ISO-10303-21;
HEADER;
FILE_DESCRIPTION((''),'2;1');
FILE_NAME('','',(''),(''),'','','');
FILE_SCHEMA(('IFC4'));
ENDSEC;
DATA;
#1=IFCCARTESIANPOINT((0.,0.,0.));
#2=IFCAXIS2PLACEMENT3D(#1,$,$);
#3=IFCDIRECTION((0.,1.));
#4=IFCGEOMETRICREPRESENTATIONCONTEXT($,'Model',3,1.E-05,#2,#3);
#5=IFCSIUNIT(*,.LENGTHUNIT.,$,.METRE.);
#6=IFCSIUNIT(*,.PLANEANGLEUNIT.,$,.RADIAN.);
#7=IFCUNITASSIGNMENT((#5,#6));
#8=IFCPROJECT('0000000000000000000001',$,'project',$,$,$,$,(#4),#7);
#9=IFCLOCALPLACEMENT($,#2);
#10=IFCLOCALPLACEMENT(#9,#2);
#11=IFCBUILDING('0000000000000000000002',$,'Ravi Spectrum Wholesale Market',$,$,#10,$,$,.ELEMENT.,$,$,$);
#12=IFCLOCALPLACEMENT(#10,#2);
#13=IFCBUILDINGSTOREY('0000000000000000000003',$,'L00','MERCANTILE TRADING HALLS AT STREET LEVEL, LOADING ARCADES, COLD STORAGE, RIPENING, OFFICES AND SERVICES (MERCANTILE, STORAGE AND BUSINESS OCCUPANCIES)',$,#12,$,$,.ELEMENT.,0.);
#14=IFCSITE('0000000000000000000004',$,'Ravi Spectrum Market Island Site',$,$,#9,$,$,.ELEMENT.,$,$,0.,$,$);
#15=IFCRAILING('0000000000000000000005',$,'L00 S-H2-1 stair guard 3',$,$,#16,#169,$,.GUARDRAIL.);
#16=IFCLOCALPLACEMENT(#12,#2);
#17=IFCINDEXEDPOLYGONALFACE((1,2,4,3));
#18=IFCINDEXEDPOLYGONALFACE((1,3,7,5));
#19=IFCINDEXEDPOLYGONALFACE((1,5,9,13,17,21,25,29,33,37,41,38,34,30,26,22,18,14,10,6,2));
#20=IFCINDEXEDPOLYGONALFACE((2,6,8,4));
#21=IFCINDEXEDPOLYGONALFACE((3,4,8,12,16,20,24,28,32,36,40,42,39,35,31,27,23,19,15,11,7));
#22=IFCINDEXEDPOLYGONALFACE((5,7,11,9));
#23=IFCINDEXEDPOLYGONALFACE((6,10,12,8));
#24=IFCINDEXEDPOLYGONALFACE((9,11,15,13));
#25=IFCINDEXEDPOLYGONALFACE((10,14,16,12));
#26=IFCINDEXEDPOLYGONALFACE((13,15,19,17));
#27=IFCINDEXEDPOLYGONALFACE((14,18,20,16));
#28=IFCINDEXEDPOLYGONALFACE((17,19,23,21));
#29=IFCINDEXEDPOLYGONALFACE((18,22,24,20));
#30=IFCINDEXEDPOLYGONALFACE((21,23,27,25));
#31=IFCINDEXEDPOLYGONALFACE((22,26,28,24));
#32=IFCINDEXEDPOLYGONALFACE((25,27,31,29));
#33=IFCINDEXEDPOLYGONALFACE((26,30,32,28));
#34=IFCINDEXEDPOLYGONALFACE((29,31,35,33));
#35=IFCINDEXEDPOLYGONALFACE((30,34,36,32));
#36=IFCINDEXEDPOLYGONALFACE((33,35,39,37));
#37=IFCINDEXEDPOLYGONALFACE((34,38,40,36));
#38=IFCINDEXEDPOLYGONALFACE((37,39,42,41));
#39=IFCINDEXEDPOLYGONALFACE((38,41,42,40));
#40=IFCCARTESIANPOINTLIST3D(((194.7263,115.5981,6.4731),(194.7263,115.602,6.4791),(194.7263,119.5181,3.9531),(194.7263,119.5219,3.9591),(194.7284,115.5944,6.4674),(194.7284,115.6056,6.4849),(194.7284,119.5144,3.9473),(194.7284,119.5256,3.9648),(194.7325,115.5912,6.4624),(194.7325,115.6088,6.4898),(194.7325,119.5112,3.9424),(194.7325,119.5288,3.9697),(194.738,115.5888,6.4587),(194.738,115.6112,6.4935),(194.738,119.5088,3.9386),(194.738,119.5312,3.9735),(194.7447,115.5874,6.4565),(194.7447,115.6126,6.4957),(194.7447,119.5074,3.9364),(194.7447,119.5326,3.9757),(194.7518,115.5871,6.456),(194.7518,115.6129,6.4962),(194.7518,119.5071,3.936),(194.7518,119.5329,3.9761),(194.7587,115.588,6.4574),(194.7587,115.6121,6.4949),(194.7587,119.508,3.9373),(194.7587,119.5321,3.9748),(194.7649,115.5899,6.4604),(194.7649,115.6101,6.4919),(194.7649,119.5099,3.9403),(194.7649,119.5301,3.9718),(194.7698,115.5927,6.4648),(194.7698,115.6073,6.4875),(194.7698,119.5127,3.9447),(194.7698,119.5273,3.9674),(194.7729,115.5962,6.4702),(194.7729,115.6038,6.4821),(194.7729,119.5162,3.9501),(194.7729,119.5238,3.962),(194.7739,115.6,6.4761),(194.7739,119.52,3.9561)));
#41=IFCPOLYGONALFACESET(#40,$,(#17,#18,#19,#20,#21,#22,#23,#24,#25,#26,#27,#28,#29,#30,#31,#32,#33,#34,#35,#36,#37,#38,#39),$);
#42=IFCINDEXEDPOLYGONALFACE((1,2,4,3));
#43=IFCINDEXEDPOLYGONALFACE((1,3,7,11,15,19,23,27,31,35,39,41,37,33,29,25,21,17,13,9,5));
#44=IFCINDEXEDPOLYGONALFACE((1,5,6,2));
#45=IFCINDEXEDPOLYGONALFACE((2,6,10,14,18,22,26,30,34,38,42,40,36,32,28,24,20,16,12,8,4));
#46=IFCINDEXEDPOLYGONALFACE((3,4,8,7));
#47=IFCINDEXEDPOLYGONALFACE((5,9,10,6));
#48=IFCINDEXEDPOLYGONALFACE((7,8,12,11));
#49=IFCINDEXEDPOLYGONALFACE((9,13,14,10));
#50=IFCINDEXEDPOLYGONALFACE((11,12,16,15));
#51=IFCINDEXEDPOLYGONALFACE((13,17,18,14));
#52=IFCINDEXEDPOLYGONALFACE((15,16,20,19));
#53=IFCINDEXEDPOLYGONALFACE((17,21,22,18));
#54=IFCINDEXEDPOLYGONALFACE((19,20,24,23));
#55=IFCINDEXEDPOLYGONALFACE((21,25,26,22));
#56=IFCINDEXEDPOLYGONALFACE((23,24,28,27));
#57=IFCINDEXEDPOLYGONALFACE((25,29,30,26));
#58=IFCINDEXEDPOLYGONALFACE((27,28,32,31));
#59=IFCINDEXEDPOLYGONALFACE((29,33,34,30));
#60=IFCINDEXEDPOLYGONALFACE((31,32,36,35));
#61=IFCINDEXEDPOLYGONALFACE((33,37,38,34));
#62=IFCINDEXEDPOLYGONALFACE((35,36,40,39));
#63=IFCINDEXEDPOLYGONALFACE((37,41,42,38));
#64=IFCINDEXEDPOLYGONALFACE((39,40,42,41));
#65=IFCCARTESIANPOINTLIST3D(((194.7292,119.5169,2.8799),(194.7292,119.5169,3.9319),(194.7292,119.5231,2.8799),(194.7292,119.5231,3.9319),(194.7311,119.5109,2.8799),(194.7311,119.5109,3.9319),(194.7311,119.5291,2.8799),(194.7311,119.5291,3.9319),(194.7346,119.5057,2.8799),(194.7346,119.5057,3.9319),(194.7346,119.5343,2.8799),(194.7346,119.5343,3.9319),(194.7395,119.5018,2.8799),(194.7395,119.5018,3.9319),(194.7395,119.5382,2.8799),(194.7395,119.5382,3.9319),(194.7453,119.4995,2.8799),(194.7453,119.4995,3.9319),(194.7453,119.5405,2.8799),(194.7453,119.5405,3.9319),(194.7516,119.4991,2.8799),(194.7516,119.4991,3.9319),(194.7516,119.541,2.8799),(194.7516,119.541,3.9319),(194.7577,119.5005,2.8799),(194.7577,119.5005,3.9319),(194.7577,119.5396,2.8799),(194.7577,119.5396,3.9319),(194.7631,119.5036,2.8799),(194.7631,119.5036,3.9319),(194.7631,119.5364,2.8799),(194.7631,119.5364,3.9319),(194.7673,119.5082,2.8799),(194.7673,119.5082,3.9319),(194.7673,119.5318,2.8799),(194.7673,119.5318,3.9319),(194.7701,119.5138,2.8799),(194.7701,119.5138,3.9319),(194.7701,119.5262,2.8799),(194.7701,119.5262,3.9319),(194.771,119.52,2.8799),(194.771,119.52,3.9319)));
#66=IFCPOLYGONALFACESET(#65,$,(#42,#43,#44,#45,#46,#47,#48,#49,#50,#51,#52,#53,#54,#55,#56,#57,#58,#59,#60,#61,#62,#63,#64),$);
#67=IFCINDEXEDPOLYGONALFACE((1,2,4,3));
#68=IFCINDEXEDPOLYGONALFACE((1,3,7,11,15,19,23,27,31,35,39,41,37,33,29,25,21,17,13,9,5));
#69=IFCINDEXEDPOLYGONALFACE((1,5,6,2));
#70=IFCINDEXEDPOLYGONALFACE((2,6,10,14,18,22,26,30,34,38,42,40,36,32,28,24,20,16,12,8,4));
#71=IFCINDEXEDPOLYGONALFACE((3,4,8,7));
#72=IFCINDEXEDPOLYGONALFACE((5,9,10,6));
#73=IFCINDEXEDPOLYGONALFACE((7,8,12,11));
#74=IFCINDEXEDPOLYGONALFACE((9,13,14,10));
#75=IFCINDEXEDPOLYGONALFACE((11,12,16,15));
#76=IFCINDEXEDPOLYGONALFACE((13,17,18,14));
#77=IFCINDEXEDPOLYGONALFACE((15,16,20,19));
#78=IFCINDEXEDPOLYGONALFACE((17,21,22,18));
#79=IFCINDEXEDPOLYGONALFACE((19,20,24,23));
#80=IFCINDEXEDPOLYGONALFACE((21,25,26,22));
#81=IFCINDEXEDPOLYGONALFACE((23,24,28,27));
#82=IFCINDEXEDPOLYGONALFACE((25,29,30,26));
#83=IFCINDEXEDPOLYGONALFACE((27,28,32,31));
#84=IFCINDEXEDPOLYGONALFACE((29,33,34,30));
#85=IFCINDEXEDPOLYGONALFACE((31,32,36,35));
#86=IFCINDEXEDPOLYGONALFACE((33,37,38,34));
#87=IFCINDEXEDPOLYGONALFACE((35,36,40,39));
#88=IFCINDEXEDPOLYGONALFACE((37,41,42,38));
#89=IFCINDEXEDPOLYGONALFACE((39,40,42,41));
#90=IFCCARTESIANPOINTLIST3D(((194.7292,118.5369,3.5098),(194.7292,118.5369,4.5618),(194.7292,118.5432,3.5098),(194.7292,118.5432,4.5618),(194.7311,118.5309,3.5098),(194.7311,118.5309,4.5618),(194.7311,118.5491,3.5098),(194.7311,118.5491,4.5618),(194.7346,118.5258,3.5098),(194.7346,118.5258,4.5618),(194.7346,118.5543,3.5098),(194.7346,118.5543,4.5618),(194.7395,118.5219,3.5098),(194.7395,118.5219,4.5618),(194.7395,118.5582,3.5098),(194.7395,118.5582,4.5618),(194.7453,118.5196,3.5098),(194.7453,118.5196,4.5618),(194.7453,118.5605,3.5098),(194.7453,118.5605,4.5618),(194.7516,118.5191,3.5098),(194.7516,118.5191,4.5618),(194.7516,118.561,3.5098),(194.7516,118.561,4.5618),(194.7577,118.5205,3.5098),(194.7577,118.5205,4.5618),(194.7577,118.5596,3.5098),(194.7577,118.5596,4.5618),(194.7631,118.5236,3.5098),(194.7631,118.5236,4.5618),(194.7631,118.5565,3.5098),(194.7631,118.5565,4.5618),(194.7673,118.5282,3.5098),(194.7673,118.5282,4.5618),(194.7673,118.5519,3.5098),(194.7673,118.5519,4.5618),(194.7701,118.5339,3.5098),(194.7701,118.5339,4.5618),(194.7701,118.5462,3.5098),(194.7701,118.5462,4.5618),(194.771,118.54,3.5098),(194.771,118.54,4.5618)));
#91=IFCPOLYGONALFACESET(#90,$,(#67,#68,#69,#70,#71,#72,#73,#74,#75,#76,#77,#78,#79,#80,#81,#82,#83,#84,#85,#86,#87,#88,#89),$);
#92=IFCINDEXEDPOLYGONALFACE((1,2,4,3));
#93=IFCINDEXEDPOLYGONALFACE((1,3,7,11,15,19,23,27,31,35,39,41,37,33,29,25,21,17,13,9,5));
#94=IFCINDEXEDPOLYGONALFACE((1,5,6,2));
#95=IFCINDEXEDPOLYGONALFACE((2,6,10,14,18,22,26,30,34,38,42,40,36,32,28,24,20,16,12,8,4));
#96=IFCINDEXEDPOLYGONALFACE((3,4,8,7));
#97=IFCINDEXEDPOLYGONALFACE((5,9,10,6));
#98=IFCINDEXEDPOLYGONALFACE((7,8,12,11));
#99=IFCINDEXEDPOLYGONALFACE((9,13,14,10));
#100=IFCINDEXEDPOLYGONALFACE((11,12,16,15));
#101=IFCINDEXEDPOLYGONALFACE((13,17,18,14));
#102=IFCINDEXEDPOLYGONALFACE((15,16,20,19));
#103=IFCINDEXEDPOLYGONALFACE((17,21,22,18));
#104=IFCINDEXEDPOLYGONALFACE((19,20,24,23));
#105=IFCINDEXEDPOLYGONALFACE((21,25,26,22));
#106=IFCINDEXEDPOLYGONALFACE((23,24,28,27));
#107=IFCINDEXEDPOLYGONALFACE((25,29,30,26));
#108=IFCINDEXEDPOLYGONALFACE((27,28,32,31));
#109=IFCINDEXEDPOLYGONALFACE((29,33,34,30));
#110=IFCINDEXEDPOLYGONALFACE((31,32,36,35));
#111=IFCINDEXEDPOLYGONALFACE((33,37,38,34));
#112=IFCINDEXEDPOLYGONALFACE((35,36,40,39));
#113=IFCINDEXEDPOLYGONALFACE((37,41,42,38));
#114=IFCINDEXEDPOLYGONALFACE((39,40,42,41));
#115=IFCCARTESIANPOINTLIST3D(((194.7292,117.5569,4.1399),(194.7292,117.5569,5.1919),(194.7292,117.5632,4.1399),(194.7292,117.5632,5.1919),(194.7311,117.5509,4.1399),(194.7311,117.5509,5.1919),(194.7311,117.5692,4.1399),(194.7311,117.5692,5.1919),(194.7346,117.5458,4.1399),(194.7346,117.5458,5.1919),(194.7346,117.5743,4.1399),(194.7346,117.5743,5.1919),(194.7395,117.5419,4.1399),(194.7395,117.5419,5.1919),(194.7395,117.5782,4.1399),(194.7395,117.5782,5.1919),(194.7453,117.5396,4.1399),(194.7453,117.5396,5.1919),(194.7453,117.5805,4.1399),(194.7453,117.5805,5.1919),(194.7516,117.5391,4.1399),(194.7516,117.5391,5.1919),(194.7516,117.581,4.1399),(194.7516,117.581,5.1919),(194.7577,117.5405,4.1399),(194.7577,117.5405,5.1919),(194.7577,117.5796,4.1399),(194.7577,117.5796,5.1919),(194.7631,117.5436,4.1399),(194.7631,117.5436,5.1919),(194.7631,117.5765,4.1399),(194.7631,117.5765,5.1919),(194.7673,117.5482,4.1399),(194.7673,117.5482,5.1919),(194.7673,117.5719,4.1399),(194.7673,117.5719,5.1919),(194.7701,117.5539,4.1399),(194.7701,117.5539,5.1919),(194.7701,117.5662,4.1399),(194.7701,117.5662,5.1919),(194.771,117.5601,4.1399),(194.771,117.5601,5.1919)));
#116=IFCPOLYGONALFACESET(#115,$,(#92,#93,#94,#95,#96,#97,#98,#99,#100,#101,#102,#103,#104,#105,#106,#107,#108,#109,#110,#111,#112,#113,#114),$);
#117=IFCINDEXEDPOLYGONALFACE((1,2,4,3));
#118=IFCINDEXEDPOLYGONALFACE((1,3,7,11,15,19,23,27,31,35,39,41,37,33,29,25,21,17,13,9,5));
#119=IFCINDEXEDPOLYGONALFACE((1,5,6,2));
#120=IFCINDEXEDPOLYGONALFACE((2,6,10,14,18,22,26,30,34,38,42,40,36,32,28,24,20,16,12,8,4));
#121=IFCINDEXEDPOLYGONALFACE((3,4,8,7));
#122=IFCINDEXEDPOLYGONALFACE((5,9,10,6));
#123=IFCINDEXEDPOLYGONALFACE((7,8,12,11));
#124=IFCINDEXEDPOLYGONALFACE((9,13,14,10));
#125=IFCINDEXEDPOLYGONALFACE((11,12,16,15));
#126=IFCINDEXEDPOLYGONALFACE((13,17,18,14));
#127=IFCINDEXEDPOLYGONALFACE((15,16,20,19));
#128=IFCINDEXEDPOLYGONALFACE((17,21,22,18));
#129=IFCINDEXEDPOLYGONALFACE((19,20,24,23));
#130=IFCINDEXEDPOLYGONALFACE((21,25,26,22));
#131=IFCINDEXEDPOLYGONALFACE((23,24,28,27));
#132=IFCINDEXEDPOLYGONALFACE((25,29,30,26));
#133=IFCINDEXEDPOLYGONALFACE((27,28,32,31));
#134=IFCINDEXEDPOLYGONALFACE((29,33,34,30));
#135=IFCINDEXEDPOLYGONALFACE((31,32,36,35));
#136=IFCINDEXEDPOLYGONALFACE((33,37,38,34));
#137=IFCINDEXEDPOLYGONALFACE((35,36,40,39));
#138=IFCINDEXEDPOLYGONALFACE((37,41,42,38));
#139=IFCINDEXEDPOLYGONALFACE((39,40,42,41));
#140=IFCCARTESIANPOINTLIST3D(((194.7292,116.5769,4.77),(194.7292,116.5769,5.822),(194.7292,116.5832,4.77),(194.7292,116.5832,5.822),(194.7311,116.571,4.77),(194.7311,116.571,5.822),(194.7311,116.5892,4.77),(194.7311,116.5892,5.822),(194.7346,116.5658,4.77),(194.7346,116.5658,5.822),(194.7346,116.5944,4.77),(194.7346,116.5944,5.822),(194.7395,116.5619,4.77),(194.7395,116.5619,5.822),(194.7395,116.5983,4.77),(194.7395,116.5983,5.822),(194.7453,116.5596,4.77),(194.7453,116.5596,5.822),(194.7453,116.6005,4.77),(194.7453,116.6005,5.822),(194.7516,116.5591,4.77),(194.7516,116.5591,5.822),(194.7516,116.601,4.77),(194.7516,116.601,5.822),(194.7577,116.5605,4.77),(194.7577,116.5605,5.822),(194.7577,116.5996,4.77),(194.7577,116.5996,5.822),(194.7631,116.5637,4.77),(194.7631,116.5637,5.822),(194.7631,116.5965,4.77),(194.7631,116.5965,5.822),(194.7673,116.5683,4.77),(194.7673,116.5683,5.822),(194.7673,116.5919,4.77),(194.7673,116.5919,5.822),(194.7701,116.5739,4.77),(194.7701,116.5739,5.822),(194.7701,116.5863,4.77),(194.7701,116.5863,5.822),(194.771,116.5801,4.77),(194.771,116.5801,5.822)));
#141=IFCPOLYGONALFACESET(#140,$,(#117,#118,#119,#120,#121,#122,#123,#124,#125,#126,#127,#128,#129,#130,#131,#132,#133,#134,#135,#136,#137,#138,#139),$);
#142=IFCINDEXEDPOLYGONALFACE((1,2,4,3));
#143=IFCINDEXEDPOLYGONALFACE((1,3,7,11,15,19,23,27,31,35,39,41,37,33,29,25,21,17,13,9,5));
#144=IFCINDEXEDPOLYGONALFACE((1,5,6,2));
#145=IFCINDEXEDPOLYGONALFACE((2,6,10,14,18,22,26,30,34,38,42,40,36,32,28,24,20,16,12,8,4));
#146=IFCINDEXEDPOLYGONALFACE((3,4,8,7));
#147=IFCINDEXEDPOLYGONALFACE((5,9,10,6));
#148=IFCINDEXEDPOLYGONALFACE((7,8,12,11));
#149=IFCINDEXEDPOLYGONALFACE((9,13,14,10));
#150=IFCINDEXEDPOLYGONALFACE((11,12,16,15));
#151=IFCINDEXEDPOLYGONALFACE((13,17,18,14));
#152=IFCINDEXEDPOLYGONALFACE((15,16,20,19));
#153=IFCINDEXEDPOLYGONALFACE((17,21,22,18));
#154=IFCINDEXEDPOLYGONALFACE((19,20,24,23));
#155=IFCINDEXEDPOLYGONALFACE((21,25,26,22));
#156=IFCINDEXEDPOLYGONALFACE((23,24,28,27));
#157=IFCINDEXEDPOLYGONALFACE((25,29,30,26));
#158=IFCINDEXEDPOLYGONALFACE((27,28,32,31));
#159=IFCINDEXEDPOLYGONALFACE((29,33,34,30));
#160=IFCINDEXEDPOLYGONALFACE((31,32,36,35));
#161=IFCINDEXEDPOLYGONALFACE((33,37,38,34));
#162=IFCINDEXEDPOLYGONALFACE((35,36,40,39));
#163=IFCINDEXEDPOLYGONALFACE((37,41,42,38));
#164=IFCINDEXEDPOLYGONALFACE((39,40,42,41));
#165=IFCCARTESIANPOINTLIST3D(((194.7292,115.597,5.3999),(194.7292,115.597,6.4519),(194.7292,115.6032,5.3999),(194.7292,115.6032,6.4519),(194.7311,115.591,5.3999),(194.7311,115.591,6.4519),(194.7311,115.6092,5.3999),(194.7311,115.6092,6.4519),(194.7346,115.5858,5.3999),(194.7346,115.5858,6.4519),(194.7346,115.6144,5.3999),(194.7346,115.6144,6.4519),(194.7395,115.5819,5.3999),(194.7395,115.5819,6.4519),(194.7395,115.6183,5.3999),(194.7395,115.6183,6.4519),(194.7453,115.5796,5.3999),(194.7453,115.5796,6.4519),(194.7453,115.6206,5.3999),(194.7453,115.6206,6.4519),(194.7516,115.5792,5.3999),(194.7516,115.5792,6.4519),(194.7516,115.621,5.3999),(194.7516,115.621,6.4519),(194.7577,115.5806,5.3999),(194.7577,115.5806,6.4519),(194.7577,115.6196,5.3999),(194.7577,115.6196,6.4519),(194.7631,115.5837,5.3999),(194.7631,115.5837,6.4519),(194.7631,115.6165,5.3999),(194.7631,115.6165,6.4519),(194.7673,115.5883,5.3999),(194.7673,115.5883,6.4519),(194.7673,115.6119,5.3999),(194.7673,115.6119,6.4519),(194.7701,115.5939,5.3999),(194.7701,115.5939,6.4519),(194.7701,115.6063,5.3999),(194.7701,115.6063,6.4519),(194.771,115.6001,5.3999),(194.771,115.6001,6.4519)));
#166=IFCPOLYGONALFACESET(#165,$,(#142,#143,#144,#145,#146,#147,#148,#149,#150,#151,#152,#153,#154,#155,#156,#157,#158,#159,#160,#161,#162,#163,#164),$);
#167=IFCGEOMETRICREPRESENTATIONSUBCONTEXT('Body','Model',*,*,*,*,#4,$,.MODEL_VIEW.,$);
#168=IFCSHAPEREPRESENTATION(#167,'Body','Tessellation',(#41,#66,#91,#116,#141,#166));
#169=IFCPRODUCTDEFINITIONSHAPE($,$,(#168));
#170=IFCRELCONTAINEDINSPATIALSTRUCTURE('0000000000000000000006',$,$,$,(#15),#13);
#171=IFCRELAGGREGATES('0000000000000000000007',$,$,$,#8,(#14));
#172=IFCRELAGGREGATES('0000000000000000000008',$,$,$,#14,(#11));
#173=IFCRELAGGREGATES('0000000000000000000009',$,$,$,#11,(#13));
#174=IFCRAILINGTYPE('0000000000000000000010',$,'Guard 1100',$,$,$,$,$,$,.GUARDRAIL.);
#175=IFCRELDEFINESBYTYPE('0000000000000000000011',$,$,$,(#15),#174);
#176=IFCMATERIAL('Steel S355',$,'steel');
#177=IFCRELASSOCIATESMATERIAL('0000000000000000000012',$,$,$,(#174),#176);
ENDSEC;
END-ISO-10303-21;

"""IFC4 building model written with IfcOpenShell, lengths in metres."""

from ifc_helpers import new_model, si_unit, direction, frame, origin, origin_2d, place, context, subcontext, project, spatial, circle, extrude, material, type_object, element, save


model = new_model("IFC4")

# Units and contexts
model_context = context("Model", 3, precision=1e-05, world=origin(), true_north=direction((0.0, 1.0)))
body_context = subcontext(model_context, "Body", "Model", "MODEL_VIEW")
ifc_project = project(units=[si_unit("LENGTHUNIT", "METRE"), si_unit("PLANEANGLEUNIT", "RADIAN")], contexts=[model_context])

# Site, building, storey
site_placement = place(None, origin())
site = spatial("IfcSite", under=ifc_project, at=site_placement, Name="Ravi Spectrum Market Island Site", CompositionType="ELEMENT", RefElevation=0.0)
building_placement = place(site_placement, origin())
building = spatial("IfcBuilding", under=site, at=building_placement, Name="Ravi Spectrum Wholesale Market", CompositionType="ELEMENT")
storey_placement = place(building_placement, origin())
storey = spatial("IfcBuildingStorey", under=building, at=storey_placement, Name="L00", Description="MERCANTILE TRADING HALLS AT STREET LEVEL, LOADING ARCADES, COLD STORAGE, RIPENING, OFFICES AND SERVICES (MERCANTILE, STORAGE AND BUSINESS OCCUPANCIES)", CompositionType="ELEMENT", Elevation=0.0)

# Railing
ifc_material_1 = material(Name="Steel S355", Category="steel")
railing_type_1 = type_object("IfcRailingType", Name="Guard 1100", PredefinedType="GUARDRAIL", material=ifc_material_1)
railing_1_placement = place(storey_placement, frame((194.75, 119.52, 2.8799)))
element("IfcRailing", 1, at=railing_1_placement, inside=storey, type_object=railing_type_1, Name="L00 S-H2-1 stair guard 3", PredefinedType="GUARDRAIL", context=body_context, shape_type="SweptSolid", body=[
    extrude(circle(Radius=0.0239, at=origin_2d()), frame((0.0, 0.0, 1.0762), z_axis=(0.0, -0.841172, 0.540768), x_axis=(1.0, 0.0, 0.0)), (0.0, 0.0, 1.0), 4.6602),
    extrude(circle(Radius=0.021, at=origin_2d()), origin(), (0.0, 0.0, 1.0), 1.052),
    extrude(circle(Radius=0.021, at=origin_2d()), frame((0.0, -0.98, 0.6299)), (0.0, 0.0, 1.0), 1.052),
    extrude(circle(Radius=0.021, at=origin_2d()), frame((0.0, -1.96, 1.26)), (0.0, 0.0, 1.0), 1.052),
    extrude(circle(Radius=0.021, at=origin_2d()), frame((0.0, -2.9399, 1.8901)), (0.0, 0.0, 1.0), 1.052),
    extrude(circle(Radius=0.021, at=origin_2d()), frame((0.0, -3.9199, 2.52)), (0.0, 0.0, 1.0), 1.052),
])

save(model, "model.ifc")
